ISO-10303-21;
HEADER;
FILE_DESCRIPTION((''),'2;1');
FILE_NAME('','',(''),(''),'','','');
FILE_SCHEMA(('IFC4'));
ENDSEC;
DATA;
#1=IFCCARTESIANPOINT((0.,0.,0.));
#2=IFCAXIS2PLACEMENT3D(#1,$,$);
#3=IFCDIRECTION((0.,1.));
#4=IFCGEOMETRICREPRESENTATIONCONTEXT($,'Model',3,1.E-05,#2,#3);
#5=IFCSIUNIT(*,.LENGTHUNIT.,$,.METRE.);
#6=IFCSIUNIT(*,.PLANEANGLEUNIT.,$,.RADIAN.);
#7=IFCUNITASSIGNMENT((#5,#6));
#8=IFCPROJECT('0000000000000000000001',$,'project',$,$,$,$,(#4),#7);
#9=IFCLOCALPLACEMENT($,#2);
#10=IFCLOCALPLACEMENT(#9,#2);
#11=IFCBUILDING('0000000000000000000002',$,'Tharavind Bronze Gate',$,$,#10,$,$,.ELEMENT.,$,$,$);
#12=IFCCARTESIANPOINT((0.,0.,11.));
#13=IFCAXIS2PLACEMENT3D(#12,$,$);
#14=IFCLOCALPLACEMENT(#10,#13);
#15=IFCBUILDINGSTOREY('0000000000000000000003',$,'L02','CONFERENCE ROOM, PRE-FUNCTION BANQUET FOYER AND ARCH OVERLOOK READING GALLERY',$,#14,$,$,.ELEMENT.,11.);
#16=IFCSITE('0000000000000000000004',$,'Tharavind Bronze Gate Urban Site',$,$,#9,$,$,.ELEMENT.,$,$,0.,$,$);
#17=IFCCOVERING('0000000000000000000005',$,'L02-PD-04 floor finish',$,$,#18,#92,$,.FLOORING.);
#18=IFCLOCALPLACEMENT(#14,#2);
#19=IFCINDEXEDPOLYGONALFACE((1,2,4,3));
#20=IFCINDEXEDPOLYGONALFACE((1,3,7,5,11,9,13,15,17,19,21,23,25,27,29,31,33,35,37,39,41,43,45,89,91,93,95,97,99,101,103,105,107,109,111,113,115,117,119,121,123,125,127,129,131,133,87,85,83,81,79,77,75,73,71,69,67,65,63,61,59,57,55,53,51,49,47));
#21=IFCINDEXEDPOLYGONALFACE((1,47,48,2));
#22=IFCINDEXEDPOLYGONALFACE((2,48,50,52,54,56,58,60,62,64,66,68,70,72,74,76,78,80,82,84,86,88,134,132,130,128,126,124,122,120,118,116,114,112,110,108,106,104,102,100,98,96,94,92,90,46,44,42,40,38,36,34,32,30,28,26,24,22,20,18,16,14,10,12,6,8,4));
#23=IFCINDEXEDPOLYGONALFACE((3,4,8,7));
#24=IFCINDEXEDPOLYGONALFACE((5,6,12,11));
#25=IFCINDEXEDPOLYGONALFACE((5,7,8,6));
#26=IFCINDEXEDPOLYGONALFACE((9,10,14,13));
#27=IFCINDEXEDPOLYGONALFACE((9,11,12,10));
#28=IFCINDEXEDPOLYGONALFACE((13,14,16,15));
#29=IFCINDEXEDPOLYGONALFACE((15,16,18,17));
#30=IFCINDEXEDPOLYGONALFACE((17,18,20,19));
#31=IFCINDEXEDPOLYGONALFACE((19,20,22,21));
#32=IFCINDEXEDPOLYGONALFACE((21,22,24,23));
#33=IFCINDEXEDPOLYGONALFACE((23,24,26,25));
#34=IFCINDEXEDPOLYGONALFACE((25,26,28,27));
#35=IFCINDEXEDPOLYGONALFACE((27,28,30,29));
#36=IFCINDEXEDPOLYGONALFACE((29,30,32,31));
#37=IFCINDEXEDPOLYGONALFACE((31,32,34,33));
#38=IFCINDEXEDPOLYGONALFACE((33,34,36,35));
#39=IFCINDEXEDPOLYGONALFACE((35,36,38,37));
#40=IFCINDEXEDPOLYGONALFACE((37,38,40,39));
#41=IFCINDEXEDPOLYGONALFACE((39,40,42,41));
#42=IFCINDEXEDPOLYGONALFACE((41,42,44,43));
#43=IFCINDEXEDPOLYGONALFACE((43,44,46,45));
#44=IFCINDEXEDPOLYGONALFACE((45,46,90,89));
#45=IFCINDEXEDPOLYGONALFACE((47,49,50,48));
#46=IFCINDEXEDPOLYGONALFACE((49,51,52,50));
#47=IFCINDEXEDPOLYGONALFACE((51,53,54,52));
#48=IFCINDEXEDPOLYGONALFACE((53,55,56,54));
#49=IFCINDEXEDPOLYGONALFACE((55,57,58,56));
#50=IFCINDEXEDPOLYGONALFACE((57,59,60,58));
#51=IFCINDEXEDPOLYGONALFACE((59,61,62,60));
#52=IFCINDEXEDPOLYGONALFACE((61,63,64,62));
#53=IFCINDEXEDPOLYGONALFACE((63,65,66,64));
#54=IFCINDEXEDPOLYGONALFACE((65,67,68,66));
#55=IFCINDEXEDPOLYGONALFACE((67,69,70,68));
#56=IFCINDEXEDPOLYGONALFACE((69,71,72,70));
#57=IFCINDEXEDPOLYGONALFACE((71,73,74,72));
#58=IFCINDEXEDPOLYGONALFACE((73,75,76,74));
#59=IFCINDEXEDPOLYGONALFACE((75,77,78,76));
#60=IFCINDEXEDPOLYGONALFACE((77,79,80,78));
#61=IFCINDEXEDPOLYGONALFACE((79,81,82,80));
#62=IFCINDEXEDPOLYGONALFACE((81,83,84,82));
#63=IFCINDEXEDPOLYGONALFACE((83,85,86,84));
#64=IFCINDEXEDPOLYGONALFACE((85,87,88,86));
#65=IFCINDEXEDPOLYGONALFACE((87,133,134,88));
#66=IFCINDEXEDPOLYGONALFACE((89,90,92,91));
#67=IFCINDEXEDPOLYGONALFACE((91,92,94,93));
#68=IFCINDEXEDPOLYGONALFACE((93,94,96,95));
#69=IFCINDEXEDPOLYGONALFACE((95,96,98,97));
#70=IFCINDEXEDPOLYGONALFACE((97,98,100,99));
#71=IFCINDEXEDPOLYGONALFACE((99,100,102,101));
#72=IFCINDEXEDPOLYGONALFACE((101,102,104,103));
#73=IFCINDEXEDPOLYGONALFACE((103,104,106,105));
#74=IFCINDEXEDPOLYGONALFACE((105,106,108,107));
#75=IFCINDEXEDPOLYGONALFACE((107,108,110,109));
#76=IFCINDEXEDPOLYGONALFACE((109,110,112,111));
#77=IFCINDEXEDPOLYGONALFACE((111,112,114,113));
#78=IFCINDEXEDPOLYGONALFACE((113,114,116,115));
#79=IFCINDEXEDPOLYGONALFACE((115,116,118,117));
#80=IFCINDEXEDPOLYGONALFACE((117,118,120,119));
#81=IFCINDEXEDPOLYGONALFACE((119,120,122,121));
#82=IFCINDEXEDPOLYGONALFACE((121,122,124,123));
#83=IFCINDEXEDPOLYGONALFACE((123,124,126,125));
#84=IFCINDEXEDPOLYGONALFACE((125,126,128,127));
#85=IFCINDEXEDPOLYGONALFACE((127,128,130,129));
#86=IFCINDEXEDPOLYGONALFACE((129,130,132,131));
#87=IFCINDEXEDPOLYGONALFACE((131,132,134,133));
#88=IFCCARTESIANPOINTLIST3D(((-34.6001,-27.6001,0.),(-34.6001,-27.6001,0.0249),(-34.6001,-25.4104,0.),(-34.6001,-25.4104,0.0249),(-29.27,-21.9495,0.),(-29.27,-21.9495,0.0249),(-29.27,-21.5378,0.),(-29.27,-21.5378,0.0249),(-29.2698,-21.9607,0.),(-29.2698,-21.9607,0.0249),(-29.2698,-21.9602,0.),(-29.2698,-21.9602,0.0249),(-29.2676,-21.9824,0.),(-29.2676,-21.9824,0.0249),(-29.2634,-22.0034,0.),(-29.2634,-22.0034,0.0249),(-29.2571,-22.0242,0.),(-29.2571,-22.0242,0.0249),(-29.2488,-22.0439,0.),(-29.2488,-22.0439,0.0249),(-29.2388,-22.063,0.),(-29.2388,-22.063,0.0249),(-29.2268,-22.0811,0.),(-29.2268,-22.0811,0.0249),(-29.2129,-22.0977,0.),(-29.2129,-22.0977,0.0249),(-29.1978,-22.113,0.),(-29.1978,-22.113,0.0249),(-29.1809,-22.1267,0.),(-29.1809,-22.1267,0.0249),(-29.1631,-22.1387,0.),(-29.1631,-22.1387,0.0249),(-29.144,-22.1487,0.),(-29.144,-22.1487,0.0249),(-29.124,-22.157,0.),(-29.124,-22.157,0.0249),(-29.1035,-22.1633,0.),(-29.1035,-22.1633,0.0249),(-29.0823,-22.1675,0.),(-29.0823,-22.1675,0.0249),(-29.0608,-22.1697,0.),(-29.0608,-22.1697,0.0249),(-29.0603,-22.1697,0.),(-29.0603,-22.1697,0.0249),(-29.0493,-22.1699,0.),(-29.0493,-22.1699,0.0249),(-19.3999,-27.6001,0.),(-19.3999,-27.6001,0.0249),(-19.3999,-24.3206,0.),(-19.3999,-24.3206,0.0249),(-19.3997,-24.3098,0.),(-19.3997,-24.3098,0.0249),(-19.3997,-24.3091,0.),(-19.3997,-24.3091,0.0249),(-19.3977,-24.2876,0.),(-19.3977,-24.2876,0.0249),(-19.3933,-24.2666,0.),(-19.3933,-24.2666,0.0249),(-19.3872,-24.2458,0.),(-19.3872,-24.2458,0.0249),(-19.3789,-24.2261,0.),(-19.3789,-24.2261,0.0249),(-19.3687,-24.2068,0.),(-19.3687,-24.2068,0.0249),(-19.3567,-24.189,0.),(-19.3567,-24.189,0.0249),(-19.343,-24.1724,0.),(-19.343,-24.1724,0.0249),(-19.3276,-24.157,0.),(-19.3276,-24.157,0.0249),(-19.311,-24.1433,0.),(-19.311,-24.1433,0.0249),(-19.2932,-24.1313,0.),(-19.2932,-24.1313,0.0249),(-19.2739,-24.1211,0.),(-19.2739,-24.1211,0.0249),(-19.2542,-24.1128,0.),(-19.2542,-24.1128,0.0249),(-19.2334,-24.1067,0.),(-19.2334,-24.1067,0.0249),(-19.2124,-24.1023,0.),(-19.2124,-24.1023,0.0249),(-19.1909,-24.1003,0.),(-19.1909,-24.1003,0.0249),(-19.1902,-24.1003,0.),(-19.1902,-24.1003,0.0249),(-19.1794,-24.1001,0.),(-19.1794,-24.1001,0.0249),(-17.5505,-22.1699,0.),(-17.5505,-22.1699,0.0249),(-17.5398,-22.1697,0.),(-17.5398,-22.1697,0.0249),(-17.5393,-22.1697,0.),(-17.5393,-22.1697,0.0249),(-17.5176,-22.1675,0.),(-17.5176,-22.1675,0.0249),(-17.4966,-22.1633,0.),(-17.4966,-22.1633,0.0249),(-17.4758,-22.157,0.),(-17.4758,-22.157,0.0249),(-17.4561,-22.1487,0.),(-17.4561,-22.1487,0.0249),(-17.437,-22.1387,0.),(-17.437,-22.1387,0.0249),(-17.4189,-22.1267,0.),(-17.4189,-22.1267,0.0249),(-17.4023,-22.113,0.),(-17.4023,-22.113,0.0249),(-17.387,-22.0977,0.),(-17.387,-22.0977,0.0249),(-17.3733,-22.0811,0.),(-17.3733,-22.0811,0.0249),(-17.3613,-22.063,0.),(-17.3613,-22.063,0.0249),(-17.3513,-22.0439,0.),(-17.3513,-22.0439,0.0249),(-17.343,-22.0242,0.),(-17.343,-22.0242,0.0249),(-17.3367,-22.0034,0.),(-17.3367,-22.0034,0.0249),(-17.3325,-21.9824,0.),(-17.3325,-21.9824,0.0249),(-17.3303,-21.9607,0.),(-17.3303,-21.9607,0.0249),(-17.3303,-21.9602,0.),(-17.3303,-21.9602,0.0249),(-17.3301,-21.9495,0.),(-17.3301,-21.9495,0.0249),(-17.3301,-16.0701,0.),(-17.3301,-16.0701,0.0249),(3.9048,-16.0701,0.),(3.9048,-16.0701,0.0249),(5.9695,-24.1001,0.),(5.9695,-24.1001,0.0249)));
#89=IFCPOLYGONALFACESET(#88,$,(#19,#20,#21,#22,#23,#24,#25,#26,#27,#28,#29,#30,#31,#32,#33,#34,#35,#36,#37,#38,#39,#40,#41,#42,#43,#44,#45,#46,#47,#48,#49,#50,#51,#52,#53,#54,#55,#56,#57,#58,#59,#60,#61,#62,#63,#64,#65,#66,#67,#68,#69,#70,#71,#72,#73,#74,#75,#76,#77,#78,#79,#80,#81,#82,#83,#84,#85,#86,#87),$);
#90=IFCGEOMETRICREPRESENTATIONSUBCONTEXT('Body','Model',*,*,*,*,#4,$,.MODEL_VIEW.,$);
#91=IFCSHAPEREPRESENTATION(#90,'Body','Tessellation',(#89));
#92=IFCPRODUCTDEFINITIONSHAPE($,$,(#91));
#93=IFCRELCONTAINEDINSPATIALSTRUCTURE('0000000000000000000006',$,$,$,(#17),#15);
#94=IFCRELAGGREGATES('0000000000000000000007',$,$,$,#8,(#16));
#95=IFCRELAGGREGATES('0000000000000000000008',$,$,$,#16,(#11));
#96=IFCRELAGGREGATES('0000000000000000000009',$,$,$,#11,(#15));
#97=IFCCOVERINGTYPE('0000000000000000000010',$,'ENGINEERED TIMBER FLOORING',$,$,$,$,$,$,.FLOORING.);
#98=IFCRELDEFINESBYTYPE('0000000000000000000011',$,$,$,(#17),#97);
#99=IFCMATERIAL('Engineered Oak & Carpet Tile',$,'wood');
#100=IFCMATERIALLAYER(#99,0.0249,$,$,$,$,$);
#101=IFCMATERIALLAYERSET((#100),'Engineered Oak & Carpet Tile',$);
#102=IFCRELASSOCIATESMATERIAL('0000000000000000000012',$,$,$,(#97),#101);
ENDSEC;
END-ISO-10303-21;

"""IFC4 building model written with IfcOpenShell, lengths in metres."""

from ifc_helpers import new_model, si_unit, direction, frame, origin, place, context, subcontext, project, spatial, polyline, outline, extrude, material, layer, layer_set, type_object, element, save


model = new_model("IFC4")

# Units and contexts
model_context = context("Model", 3, precision=1e-05, world=origin(), true_north=direction((0.0, 1.0)))
body_context = subcontext(model_context, "Body", "Model", "MODEL_VIEW")
ifc_project = project(units=[si_unit("LENGTHUNIT", "METRE"), si_unit("PLANEANGLEUNIT", "RADIAN")], contexts=[model_context])

# Site, building, storey
site_placement = place(None, origin())
site = spatial("IfcSite", under=ifc_project, at=site_placement, Name="Tharavind Bronze Gate Urban Site", CompositionType="ELEMENT", RefElevation=0.0)
building_placement = place(site_placement, origin())
building = spatial("IfcBuilding", under=site, at=building_placement, Name="Tharavind Bronze Gate", CompositionType="ELEMENT")
storey_placement = place(building_placement, frame((0.0, 0.0, 11.0)))
storey = spatial("IfcBuildingStorey", under=building, at=storey_placement, Name="L02", Description="CONFERENCE ROOM, PRE-FUNCTION BANQUET FOYER AND ARCH OVERLOOK READING GALLERY", CompositionType="ELEMENT", Elevation=11.0)

# Covering
ifc_material_1 = material(Name="Engineered Oak & Carpet Tile", Category="wood")
ifc_layer_1 = layer(ifc_material_1, 0.0249)
ifc_layer_set_1 = layer_set([ifc_layer_1], Name="Engineered Oak & Carpet Tile")
covering_type_1 = type_object("IfcCoveringType", Name="ENGINEERED TIMBER FLOORING", PredefinedType="FLOORING", material=ifc_layer_set_1)
covering_1_placement = place(storey_placement, origin())
element("IfcCovering", 1, at=covering_1_placement, inside=storey, type_object=covering_type_1, Name="L02-PD-04 floor finish", PredefinedType="FLOORING", context=body_context, shape_type="SweptSolid", body=[
    extrude(outline(polyline([(-19.3999, -27.6001), (-19.3999, -24.3206), (-19.3997, -24.3098), (-19.3997, -24.3091), (-19.3977, -24.2876), (-19.3933, -24.2666), (-19.3872, -24.2458), (-19.3789, -24.2261), (-19.3687, -24.2068), (-19.3567, -24.189), (-19.343, -24.1724), (-19.3276, -24.157), (-19.311, -24.1433), (-19.2932, -24.1313), (-19.2739, -24.1211), (-19.2542, -24.1128), (-19.2334, -24.1067), (-19.2124, -24.1023), (-19.1909, -24.1003), (-19.1902, -24.1003), (-19.1794, -24.1001), (5.9695, -24.1001), (3.9048, -16.0701), (-17.3301, -16.0701), (-17.3301, -21.9495), (-17.3303, -21.9602), (-17.3303, -21.9607), (-17.3325, -21.9824), (-17.3367, -22.0034), (-17.343, -22.0242), (-17.3513, -22.0439), (-17.3613, -22.063), (-17.3733, -22.0811), (-17.387, -22.0977), (-17.4023, -22.113), (-17.4189, -22.1267), (-17.437, -22.1387), (-17.4561, -22.1487), (-17.4758, -22.157), (-17.4966, -22.1633), (-17.5176, -22.1675), (-17.5393, -22.1697), (-17.5398, -22.1697), (-17.5505, -22.1699), (-29.0493, -22.1699), (-29.0603, -22.1697), (-29.0608, -22.1697), (-29.0823, -22.1675), (-29.1035, -22.1633), (-29.124, -22.157), (-29.144, -22.1487), (-29.1631, -22.1387), (-29.1809, -22.1267), (-29.1978, -22.113), (-29.2129, -22.0977), (-29.2268, -22.0811), (-29.2388, -22.063), (-29.2488, -22.0439), (-29.2571, -22.0242), (-29.2634, -22.0034), (-29.2676, -21.9824), (-29.2698, -21.9607), (-29.2698, -21.9602), (-29.27, -21.9495), (-29.27, -21.5378), (-34.6001, -25.4104), (-34.6001, -27.6001), (-19.3999, -27.6001)])), origin(), (0.0, 0.0, 1.0), 0.0249),
])

save(model, "model.ifc")
